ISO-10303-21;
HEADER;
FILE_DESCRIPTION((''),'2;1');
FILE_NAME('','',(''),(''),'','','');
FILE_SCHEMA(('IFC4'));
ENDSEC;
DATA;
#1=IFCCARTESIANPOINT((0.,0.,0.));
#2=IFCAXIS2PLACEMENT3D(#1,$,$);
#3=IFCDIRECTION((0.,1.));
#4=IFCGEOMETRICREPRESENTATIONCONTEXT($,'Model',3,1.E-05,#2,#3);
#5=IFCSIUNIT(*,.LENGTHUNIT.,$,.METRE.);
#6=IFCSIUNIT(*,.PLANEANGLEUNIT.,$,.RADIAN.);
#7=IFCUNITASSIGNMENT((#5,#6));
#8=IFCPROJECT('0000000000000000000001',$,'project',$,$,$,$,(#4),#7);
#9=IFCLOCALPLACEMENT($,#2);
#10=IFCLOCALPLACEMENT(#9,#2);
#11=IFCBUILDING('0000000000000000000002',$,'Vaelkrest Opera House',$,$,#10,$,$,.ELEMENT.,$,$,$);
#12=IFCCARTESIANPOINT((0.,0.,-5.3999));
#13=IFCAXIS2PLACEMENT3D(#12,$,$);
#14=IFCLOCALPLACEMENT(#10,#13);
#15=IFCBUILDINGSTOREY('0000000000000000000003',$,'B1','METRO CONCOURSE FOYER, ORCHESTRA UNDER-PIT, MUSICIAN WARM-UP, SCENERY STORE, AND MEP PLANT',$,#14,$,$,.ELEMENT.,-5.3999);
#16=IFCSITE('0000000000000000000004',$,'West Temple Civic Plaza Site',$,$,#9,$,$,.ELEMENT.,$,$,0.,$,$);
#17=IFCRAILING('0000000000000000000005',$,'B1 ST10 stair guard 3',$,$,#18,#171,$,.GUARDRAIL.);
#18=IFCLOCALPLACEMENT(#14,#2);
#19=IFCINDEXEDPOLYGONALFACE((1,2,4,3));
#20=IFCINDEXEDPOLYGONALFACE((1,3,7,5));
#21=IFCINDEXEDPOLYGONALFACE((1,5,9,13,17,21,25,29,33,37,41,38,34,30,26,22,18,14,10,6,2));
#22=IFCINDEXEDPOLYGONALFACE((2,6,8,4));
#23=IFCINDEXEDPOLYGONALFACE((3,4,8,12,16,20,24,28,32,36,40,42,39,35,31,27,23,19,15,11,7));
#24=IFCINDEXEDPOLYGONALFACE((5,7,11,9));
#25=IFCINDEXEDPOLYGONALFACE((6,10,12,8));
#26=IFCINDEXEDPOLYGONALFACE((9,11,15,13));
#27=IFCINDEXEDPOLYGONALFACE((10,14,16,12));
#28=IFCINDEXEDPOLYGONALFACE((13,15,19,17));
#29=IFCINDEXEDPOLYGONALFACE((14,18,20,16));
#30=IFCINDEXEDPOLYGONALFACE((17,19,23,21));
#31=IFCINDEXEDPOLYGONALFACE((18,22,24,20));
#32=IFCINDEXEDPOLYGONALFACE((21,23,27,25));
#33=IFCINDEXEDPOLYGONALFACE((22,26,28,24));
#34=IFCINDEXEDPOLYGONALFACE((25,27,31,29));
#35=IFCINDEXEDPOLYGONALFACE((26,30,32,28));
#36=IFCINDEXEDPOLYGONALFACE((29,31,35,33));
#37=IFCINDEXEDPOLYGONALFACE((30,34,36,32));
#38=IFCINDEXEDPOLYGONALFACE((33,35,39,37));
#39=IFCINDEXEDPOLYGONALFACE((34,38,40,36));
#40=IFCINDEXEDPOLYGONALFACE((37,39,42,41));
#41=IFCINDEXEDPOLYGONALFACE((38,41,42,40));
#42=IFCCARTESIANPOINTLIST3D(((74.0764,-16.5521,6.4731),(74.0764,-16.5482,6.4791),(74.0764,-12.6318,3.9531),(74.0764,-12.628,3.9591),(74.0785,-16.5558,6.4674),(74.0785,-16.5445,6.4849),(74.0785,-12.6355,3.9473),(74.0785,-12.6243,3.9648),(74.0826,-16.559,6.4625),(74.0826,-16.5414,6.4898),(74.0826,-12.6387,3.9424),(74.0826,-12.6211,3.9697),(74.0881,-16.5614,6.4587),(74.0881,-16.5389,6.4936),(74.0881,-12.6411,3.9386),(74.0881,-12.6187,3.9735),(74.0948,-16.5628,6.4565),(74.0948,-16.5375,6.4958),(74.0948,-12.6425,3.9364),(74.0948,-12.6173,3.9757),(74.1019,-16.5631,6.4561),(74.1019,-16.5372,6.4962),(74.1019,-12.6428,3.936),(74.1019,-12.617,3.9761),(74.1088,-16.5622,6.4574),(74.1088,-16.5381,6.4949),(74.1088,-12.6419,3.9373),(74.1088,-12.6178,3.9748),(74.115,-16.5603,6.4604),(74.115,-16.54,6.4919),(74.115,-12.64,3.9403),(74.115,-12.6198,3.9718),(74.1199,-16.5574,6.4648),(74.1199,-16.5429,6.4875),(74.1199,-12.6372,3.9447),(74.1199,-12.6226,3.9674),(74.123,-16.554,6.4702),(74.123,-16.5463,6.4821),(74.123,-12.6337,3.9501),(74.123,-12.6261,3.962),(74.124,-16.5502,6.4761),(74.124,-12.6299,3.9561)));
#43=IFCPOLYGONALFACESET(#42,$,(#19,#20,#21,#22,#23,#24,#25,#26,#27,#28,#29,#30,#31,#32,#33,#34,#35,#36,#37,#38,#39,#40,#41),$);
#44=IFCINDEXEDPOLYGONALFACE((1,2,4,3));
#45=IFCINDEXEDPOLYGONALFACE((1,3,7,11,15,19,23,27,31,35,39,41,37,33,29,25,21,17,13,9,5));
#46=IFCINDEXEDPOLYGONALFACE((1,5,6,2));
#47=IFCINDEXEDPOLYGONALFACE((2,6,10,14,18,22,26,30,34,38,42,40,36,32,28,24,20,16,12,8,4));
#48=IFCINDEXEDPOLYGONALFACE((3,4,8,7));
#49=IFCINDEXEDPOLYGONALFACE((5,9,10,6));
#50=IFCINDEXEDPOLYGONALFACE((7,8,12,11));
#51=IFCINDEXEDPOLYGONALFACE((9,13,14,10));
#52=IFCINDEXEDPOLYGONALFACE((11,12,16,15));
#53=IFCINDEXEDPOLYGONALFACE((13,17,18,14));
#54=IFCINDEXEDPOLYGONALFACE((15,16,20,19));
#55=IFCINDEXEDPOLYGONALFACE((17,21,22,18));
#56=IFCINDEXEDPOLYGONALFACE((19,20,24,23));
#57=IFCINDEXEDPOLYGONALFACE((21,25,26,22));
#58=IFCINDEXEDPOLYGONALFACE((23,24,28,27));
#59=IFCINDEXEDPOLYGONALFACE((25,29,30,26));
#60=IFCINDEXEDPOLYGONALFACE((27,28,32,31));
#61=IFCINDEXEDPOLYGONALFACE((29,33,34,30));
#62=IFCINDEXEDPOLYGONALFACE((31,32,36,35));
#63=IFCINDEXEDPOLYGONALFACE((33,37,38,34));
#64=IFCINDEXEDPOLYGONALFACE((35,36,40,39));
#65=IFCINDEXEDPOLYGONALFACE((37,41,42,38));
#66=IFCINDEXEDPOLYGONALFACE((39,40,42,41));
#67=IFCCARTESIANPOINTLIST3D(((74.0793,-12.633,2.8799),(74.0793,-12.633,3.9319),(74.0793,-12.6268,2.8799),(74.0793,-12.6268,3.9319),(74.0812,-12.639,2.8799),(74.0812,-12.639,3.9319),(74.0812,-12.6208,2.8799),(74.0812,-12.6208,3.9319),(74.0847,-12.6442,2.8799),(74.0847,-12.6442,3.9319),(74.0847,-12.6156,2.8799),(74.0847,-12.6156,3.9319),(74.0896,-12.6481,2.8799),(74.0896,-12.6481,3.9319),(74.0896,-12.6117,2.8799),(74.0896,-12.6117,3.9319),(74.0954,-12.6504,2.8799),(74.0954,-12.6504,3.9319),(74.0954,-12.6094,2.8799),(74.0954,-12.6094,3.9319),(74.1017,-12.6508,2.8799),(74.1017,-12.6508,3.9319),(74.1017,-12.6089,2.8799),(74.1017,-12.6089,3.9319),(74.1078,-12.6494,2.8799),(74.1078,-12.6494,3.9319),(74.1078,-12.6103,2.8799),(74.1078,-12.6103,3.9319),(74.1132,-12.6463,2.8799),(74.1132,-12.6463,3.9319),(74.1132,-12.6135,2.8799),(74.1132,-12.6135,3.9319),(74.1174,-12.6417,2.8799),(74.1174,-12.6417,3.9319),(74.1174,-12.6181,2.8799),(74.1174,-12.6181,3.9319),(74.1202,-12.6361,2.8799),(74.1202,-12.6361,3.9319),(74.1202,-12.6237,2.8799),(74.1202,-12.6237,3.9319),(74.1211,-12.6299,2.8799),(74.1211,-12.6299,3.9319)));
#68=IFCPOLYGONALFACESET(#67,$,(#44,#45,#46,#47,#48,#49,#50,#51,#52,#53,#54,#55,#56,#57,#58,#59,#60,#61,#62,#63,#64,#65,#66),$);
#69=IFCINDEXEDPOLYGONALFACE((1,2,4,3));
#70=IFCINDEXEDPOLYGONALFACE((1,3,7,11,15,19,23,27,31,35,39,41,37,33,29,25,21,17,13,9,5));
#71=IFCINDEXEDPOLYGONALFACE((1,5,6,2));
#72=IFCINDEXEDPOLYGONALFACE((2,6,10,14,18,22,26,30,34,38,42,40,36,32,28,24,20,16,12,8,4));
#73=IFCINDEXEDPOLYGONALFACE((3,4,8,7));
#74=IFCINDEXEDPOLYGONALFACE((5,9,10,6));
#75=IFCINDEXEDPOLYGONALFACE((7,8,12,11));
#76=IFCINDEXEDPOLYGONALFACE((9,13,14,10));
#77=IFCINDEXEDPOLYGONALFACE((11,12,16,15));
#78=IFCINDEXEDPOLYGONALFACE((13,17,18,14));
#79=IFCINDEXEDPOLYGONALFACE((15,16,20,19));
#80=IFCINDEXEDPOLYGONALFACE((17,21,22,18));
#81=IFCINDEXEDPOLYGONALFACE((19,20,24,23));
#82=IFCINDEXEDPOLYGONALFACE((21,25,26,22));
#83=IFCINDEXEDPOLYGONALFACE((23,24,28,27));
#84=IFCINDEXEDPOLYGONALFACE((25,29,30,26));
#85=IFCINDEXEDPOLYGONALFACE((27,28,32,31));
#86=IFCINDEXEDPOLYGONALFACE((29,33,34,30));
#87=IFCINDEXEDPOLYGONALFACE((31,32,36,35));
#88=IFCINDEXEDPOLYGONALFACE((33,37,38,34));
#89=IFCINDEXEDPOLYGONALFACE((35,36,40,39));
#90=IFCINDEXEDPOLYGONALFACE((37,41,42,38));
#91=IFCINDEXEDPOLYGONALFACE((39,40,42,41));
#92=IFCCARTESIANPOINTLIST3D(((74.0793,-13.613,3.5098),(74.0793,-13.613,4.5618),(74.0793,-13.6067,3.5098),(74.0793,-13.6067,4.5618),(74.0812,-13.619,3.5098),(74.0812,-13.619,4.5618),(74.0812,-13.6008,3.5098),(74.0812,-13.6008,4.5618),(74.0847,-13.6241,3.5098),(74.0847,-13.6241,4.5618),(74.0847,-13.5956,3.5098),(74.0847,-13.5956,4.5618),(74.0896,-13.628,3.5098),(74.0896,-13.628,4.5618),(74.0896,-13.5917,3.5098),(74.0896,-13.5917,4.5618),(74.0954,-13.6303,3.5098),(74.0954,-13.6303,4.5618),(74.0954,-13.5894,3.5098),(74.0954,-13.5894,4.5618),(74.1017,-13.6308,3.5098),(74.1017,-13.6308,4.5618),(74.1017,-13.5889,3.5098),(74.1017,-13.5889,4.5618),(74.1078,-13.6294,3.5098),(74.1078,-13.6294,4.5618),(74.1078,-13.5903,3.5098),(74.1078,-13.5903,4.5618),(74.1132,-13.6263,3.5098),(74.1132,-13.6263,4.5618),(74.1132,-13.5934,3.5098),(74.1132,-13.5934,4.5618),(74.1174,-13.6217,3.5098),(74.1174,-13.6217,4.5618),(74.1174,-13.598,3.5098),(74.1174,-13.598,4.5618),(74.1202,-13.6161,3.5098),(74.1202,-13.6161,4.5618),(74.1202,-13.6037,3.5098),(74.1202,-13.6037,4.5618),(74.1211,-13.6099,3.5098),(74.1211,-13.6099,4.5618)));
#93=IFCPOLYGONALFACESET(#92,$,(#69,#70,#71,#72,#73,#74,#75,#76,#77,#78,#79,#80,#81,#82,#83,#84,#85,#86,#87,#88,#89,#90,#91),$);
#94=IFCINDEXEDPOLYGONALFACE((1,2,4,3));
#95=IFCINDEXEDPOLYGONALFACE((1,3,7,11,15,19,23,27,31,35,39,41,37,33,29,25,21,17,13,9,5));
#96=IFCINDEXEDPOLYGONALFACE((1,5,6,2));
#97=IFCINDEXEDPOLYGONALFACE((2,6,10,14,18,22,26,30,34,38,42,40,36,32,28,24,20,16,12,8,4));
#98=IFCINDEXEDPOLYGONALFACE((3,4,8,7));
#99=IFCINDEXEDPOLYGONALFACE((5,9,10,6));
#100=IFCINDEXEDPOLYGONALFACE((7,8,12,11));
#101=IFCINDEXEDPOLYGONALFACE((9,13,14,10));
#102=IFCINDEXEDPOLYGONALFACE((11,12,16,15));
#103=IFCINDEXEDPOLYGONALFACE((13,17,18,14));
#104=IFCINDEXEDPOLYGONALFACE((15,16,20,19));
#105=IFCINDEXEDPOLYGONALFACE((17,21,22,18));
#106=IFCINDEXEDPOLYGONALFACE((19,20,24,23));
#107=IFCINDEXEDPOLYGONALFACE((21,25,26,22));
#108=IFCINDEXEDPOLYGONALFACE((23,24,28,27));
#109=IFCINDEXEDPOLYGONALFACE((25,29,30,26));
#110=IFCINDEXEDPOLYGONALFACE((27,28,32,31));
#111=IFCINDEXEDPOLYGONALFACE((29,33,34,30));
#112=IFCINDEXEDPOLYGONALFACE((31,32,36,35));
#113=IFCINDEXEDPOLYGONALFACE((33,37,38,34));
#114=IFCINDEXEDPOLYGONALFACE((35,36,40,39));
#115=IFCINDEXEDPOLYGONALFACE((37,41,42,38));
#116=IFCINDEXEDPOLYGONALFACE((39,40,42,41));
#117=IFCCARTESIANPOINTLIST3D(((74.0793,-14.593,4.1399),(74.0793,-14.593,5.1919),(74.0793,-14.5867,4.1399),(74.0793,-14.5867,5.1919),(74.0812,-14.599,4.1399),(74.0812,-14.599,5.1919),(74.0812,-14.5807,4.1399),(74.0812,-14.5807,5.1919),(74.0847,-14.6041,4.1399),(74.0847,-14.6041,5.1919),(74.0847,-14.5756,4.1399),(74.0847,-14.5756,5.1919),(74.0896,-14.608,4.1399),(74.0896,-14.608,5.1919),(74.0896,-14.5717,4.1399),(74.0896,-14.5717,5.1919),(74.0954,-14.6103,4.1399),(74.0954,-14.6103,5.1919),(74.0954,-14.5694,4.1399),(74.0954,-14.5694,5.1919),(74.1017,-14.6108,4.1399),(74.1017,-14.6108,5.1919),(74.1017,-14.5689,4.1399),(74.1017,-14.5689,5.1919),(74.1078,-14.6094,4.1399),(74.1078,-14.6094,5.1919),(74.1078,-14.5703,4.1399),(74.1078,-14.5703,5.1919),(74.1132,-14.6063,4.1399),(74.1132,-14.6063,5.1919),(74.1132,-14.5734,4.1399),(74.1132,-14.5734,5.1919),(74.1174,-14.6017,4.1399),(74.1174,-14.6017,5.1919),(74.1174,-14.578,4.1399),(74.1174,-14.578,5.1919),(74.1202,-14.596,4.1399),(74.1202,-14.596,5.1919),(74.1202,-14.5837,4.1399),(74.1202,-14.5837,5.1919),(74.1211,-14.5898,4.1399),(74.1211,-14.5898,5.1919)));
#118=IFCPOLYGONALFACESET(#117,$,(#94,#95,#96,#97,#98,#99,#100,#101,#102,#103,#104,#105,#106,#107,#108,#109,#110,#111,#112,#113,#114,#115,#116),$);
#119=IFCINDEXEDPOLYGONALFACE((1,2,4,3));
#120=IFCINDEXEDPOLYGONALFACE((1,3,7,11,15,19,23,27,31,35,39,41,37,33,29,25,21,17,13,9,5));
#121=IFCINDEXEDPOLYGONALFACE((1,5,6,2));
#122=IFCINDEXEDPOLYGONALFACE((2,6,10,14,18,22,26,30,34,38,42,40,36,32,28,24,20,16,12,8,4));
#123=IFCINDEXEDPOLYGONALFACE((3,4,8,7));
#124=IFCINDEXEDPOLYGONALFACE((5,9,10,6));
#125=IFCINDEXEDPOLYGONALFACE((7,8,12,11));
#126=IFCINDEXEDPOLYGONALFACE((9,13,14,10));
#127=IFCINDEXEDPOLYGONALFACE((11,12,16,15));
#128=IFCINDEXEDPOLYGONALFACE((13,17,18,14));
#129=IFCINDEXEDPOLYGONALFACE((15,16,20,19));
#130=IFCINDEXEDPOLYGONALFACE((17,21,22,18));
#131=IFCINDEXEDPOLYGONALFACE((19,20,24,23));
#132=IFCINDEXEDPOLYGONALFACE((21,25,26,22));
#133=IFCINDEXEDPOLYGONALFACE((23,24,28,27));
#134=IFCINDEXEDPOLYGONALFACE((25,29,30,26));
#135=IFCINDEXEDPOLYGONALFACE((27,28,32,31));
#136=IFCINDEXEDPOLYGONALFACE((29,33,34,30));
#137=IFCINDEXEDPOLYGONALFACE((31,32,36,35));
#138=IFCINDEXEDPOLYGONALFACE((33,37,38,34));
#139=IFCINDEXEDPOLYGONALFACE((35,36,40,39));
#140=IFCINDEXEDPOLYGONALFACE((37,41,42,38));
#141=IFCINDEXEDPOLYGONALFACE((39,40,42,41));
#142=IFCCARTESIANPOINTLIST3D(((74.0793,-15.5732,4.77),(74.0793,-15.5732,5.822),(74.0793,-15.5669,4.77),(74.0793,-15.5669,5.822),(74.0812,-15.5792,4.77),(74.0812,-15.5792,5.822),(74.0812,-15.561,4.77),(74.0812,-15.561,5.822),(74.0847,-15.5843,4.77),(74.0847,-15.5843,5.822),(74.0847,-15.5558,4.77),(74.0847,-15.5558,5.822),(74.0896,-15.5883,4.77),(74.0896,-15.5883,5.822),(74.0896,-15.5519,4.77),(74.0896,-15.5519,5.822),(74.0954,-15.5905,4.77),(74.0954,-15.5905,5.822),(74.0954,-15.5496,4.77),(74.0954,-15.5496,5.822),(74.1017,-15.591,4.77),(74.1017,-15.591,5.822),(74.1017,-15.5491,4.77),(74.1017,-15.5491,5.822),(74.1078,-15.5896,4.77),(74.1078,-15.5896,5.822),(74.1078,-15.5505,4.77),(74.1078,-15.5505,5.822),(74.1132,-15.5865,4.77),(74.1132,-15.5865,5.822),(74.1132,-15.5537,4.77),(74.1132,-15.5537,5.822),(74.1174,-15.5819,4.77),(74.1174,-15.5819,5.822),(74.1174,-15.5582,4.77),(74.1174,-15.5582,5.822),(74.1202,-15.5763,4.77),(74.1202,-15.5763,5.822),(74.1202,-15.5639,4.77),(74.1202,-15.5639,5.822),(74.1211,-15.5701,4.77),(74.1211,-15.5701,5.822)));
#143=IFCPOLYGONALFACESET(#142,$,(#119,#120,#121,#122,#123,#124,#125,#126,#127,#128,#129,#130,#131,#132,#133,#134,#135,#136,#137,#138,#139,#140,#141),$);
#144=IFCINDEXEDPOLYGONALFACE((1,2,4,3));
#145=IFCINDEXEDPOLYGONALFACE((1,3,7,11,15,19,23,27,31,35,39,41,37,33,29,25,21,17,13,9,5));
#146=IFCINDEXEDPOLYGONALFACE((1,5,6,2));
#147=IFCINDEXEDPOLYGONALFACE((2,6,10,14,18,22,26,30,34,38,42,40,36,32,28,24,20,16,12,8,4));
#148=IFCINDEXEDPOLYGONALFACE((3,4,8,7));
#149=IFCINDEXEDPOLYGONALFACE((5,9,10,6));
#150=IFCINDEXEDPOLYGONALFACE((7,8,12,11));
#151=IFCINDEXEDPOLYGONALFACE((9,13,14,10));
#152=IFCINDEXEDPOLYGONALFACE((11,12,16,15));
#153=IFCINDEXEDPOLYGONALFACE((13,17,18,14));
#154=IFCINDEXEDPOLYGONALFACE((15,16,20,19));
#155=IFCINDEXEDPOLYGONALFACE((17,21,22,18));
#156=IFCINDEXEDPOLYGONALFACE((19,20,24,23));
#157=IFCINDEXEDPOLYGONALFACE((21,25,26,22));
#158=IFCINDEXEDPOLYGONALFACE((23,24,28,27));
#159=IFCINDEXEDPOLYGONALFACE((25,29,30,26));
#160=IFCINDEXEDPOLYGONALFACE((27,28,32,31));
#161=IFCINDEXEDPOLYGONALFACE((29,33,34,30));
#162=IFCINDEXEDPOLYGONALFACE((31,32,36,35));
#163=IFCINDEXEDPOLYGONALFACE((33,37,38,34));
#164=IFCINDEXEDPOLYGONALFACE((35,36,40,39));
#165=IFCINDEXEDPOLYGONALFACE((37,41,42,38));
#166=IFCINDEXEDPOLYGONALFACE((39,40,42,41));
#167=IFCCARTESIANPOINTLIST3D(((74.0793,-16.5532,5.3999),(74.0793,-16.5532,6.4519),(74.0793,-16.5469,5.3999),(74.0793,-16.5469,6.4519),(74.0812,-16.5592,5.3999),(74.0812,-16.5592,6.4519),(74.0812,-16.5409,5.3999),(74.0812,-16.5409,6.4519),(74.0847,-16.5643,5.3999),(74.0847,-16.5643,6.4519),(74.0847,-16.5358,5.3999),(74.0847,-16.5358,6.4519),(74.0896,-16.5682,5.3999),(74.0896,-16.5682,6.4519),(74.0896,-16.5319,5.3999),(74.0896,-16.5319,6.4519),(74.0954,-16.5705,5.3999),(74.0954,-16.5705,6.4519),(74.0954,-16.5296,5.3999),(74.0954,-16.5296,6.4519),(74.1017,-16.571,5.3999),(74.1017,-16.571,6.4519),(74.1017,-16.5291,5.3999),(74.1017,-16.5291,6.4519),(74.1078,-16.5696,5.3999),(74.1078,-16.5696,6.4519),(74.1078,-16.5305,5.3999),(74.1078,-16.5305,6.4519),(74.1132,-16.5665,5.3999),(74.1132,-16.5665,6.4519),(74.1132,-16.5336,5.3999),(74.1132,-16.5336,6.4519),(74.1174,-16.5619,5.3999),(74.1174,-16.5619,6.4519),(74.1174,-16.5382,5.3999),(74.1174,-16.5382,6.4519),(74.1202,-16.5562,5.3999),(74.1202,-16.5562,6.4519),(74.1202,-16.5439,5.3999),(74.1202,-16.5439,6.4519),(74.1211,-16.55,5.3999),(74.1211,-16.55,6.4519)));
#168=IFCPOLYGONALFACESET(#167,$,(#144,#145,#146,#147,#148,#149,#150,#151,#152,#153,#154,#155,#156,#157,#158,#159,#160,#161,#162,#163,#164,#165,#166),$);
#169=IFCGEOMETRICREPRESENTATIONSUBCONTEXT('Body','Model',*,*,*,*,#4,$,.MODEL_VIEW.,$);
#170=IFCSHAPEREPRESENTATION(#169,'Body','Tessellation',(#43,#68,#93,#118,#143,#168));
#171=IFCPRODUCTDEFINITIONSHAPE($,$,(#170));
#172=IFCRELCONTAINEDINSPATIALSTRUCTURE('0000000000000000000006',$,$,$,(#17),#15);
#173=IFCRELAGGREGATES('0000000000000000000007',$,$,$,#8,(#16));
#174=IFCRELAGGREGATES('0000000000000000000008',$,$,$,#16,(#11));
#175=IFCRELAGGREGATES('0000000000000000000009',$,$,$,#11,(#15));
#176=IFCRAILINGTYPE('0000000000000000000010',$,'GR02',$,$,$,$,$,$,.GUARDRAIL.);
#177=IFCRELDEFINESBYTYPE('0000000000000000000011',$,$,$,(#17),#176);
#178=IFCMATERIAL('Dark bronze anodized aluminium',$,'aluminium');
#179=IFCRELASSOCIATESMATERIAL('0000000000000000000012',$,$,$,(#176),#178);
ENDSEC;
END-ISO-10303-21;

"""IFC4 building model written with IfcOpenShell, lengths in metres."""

from ifc_helpers import new_model, si_unit, direction, frame, origin, origin_2d, place, context, subcontext, project, spatial, circle, extrude, material, type_object, element, save


model = new_model("IFC4")

# Units and contexts
model_context = context("Model", 3, precision=1e-05, world=origin(), true_north=direction((0.0, 1.0)))
body_context = subcontext(model_context, "Body", "Model", "MODEL_VIEW")
ifc_project = project(units=[si_unit("LENGTHUNIT", "METRE"), si_unit("PLANEANGLEUNIT", "RADIAN")], contexts=[model_context])

# Site, building, storey
site_placement = place(None, origin())
site = spatial("IfcSite", under=ifc_project, at=site_placement, Name="West Temple Civic Plaza Site", CompositionType="ELEMENT", RefElevation=0.0)
building_placement = place(site_placement, origin())
building = spatial("IfcBuilding", under=site, at=building_placement, Name="Vaelkrest Opera House", CompositionType="ELEMENT")
storey_placement = place(building_placement, frame((0.0, 0.0, -5.3999)))
storey = spatial("IfcBuildingStorey", under=building, at=storey_placement, Name="B1", Description="METRO CONCOURSE FOYER, ORCHESTRA UNDER-PIT, MUSICIAN WARM-UP, SCENERY STORE, AND MEP PLANT", CompositionType="ELEMENT", Elevation=-5.3999)

# Railing
ifc_material_1 = material(Name="Dark bronze anodized aluminium", Category="aluminium")
railing_type_1 = type_object("IfcRailingType", Name="GR02", PredefinedType="GUARDRAIL", material=ifc_material_1)
railing_1_placement = place(storey_placement, frame((74.1001, -12.6299, 2.8799)))
element("IfcRailing", 1, at=railing_1_placement, inside=storey, type_object=railing_type_1, Name="B1 ST10 stair guard 3", PredefinedType="GUARDRAIL", context=body_context, shape_type="SweptSolid", body=[
    extrude(circle(Radius=0.0239, at=origin_2d()), frame((0.0, 0.0, 1.0762), z_axis=(0.0, -0.841187, 0.540744), x_axis=(1.0, 0.0, 0.0)), (0.0, 0.0, 1.0), 4.6604),
    extrude(circle(Radius=0.021, at=origin_2d()), origin(), (0.0, 0.0, 1.0), 1.052),
    extrude(circle(Radius=0.021, at=origin_2d()), frame((0.0, -0.98, 0.6299)), (0.0, 0.0, 1.0), 1.052),
    extrude(circle(Radius=0.021, at=origin_2d()), frame((0.0, -1.96, 1.26)), (0.0, 0.0, 1.0), 1.052),
    extrude(circle(Radius=0.021, at=origin_2d()), frame((0.0, -2.9402, 1.8901)), (0.0, 0.0, 1.0), 1.052),
    extrude(circle(Radius=0.021, at=origin_2d()), frame((0.0, -3.9202, 2.52)), (0.0, 0.0, 1.0), 1.052),
])

save(model, "model.ifc")
